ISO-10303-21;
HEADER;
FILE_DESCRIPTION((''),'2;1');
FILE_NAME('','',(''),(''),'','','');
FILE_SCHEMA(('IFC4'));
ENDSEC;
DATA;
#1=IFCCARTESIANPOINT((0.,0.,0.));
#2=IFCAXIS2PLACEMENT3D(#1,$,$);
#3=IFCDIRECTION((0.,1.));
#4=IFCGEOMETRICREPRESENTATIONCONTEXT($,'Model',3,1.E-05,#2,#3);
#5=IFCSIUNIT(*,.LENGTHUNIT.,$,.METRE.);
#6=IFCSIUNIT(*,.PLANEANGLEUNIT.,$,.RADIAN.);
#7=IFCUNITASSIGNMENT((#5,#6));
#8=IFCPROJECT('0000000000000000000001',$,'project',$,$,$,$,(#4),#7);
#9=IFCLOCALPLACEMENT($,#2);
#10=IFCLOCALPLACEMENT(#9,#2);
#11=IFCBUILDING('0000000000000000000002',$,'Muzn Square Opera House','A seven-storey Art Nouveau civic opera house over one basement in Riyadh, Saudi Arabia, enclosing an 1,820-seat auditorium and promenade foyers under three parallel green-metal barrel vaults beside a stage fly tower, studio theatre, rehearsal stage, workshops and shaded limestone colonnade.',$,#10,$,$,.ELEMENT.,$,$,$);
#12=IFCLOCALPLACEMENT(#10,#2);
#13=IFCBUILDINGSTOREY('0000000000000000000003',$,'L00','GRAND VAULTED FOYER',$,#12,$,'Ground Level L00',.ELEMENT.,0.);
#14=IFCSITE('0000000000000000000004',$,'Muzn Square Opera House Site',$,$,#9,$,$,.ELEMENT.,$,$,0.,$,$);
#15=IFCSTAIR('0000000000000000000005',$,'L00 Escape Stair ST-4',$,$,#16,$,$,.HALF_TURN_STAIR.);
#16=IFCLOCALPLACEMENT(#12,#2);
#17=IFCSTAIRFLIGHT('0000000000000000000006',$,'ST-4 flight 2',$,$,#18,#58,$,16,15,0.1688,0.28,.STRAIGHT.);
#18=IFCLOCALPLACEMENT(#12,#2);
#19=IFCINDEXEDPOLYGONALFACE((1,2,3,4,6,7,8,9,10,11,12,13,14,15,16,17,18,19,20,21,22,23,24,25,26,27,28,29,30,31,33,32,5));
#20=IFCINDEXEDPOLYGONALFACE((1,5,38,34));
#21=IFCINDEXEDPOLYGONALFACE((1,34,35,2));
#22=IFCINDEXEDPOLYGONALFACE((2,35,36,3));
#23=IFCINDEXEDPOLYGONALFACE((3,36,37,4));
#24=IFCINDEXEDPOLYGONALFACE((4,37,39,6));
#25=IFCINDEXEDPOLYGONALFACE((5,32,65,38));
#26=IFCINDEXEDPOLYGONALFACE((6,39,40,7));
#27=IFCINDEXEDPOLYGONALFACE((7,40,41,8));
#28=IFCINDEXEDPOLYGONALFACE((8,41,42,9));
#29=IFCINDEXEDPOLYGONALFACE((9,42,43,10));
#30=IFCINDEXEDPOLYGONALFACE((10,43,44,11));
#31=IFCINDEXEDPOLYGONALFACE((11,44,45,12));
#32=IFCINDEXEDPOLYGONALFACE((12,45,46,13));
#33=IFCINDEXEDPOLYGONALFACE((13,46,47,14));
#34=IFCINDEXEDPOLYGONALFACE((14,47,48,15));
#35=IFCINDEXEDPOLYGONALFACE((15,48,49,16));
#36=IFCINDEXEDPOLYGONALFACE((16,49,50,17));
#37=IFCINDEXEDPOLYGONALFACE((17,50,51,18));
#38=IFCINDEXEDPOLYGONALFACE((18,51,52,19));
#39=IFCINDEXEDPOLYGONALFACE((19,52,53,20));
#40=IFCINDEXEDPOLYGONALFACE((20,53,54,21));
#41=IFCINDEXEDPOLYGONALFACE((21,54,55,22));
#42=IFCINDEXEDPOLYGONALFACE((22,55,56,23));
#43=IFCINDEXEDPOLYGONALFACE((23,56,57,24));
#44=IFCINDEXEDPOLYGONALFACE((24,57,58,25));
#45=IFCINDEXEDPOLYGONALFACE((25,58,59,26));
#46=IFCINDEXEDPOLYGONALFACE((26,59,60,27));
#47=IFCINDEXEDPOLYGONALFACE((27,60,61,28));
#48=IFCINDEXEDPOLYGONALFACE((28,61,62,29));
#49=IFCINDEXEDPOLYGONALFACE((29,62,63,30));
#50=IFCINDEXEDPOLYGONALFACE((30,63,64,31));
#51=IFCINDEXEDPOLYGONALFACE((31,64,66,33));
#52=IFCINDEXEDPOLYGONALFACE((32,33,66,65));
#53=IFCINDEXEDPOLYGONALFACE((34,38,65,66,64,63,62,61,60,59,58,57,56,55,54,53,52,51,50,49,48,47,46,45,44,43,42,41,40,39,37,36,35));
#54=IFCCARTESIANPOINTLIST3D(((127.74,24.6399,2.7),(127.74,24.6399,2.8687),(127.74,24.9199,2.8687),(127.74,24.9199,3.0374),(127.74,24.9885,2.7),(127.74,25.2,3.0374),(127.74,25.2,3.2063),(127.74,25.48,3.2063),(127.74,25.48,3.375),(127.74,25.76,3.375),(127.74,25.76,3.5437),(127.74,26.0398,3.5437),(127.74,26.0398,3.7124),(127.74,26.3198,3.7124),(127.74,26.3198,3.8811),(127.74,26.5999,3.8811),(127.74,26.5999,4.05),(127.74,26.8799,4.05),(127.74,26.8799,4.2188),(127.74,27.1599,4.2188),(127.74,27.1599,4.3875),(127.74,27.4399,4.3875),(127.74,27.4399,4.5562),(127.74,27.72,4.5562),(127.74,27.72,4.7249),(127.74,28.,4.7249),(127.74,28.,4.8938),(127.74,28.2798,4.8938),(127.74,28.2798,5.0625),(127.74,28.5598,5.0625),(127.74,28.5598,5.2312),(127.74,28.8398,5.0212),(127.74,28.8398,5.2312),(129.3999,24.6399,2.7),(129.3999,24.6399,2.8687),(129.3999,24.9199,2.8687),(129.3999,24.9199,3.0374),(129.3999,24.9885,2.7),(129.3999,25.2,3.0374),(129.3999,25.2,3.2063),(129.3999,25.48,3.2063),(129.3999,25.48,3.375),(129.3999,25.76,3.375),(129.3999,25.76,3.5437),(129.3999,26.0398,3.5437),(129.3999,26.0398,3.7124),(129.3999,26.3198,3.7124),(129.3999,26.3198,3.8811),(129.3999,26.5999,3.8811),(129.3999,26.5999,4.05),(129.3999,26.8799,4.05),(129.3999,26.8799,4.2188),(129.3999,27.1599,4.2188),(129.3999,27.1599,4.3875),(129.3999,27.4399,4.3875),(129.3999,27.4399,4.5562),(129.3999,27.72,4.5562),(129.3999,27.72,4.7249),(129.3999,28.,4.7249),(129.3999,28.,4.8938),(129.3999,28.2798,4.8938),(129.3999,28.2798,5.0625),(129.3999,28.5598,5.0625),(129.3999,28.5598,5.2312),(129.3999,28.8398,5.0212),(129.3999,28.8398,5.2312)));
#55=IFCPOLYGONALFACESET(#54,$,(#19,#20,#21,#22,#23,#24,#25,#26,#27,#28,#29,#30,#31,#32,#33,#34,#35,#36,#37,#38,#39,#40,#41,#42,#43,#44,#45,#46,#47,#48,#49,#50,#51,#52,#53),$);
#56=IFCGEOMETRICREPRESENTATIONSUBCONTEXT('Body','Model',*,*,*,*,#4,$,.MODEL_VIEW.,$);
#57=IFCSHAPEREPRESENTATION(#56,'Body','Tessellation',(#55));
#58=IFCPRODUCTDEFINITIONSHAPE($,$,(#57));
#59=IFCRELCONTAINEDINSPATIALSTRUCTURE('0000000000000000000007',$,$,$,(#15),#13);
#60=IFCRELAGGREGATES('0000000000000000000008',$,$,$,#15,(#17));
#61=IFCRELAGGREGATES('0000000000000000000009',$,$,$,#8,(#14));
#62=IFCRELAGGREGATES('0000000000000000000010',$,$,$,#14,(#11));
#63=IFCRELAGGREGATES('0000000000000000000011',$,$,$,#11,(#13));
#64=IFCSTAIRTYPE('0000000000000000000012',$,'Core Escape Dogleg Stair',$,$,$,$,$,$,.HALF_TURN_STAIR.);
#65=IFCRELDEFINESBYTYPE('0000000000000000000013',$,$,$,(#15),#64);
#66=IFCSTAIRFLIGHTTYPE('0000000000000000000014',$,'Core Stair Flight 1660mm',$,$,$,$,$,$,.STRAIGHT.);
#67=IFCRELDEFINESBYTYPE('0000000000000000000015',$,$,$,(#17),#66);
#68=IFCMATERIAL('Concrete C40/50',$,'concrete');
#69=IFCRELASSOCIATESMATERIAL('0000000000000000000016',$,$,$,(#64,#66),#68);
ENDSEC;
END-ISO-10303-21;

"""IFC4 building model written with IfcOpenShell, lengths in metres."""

from ifc_helpers import new_model, si_unit, direction, frame, origin, place, context, subcontext, project, spatial, polyline, outline, extrude, material, type_object, element, aggregate, save


model = new_model("IFC4")

# Units and contexts
model_context = context("Model", 3, precision=1e-05, world=origin(), true_north=direction((0.0, 1.0)))
body_context = subcontext(model_context, "Body", "Model", "MODEL_VIEW")
ifc_project = project(units=[si_unit("LENGTHUNIT", "METRE"), si_unit("PLANEANGLEUNIT", "RADIAN")], contexts=[model_context])

# Site, building, storey
site_placement = place(None, origin())
site = spatial("IfcSite", under=ifc_project, at=site_placement, Name="Muzn Square Opera House Site", CompositionType="ELEMENT", RefElevation=0.0)
building_placement = place(site_placement, origin())
building = spatial("IfcBuilding", under=site, at=building_placement, Name="Muzn Square Opera House", Description="A seven-storey Art Nouveau civic opera house over one basement in Riyadh, Saudi Arabia, enclosing an 1,820-seat auditorium and promenade foyers under three parallel green-metal barrel vaults beside a stage fly tower, studio theatre, rehearsal stage, workshops and shaded limestone colonnade.", CompositionType="ELEMENT")
storey_placement = place(building_placement, origin())
storey = spatial("IfcBuildingStorey", under=building, at=storey_placement, Name="L00", Description="GRAND VAULTED FOYER", LongName="Ground Level L00", CompositionType="ELEMENT", Elevation=0.0)

# Shared definitions
ifc_material_1 = material(Name="Concrete C40/50", Category="concrete")

# Stair, stair flight
stair_type = type_object("IfcStairType", Name="Core Escape Dogleg Stair", PredefinedType="HALF_TURN_STAIR", material=ifc_material_1)
stair_placement = place(storey_placement, origin())
stair = element("IfcStair", 1, at=stair_placement, inside=storey, type_object=stair_type, Name="L00 Escape Stair ST-4", PredefinedType="HALF_TURN_STAIR")
stair_flight_type = type_object("IfcStairFlightType", Name="Core Stair Flight 1660mm", PredefinedType="STRAIGHT", material=ifc_material_1)
stair_flight_placement = place(storey_placement, frame((128.5701, 24.6399, 2.7), z_axis=(0.0, 0.0, 1.0), x_axis=(0.0, 1.0, 0.0)))
stair_flight = element("IfcStairFlight", 2, at=stair_flight_placement, type_object=stair_flight_type, Name="ST-4 flight 2", NumberOfRisers=16, NumberOfTreads=15, PredefinedType="STRAIGHT", RiserHeight=0.1688, TreadLength=0.28, context=body_context, shape_type="SweptSolid", body=[
    extrude(outline(polyline([(0.0, 0.0), (0.0, 0.1687), (0.28, 0.1687), (0.28, 0.3374), (0.5601, 0.3374), (0.5601, 0.5063), (0.8401, 0.5063), (0.8401, 0.675), (1.1201, 0.675), (1.1201, 0.8438), (1.3999, 0.8438), (1.3999, 1.0125), (1.6799, 1.0125), (1.6799, 1.1812), (1.96, 1.1812), (1.96, 1.3501), (2.24, 1.3501), (2.24, 1.5188), (2.52, 1.5188), (2.52, 1.6875), (2.8, 1.6875), (2.8, 1.8562), (3.0801, 1.8562), (3.0801, 2.0249), (3.3601, 2.0249), (3.3601, 2.1938), (3.6399, 2.1938), (3.6399, 2.3625), (3.9199, 2.3625), (3.9199, 2.5312), (4.2, 2.5312), (4.2, 2.7), (4.2, 2.3213), (0.3486, 0.0), (0.0, 0.0)])), frame((0.0, 0.8301, 0.0), z_axis=(0.0, -1.0, 0.0), x_axis=(1.0, 0.0, 0.0)), (0.0, 0.0, 1.0), 1.6599),
])
aggregate(stair, [stair_flight])

save(model, "model.ifc")
